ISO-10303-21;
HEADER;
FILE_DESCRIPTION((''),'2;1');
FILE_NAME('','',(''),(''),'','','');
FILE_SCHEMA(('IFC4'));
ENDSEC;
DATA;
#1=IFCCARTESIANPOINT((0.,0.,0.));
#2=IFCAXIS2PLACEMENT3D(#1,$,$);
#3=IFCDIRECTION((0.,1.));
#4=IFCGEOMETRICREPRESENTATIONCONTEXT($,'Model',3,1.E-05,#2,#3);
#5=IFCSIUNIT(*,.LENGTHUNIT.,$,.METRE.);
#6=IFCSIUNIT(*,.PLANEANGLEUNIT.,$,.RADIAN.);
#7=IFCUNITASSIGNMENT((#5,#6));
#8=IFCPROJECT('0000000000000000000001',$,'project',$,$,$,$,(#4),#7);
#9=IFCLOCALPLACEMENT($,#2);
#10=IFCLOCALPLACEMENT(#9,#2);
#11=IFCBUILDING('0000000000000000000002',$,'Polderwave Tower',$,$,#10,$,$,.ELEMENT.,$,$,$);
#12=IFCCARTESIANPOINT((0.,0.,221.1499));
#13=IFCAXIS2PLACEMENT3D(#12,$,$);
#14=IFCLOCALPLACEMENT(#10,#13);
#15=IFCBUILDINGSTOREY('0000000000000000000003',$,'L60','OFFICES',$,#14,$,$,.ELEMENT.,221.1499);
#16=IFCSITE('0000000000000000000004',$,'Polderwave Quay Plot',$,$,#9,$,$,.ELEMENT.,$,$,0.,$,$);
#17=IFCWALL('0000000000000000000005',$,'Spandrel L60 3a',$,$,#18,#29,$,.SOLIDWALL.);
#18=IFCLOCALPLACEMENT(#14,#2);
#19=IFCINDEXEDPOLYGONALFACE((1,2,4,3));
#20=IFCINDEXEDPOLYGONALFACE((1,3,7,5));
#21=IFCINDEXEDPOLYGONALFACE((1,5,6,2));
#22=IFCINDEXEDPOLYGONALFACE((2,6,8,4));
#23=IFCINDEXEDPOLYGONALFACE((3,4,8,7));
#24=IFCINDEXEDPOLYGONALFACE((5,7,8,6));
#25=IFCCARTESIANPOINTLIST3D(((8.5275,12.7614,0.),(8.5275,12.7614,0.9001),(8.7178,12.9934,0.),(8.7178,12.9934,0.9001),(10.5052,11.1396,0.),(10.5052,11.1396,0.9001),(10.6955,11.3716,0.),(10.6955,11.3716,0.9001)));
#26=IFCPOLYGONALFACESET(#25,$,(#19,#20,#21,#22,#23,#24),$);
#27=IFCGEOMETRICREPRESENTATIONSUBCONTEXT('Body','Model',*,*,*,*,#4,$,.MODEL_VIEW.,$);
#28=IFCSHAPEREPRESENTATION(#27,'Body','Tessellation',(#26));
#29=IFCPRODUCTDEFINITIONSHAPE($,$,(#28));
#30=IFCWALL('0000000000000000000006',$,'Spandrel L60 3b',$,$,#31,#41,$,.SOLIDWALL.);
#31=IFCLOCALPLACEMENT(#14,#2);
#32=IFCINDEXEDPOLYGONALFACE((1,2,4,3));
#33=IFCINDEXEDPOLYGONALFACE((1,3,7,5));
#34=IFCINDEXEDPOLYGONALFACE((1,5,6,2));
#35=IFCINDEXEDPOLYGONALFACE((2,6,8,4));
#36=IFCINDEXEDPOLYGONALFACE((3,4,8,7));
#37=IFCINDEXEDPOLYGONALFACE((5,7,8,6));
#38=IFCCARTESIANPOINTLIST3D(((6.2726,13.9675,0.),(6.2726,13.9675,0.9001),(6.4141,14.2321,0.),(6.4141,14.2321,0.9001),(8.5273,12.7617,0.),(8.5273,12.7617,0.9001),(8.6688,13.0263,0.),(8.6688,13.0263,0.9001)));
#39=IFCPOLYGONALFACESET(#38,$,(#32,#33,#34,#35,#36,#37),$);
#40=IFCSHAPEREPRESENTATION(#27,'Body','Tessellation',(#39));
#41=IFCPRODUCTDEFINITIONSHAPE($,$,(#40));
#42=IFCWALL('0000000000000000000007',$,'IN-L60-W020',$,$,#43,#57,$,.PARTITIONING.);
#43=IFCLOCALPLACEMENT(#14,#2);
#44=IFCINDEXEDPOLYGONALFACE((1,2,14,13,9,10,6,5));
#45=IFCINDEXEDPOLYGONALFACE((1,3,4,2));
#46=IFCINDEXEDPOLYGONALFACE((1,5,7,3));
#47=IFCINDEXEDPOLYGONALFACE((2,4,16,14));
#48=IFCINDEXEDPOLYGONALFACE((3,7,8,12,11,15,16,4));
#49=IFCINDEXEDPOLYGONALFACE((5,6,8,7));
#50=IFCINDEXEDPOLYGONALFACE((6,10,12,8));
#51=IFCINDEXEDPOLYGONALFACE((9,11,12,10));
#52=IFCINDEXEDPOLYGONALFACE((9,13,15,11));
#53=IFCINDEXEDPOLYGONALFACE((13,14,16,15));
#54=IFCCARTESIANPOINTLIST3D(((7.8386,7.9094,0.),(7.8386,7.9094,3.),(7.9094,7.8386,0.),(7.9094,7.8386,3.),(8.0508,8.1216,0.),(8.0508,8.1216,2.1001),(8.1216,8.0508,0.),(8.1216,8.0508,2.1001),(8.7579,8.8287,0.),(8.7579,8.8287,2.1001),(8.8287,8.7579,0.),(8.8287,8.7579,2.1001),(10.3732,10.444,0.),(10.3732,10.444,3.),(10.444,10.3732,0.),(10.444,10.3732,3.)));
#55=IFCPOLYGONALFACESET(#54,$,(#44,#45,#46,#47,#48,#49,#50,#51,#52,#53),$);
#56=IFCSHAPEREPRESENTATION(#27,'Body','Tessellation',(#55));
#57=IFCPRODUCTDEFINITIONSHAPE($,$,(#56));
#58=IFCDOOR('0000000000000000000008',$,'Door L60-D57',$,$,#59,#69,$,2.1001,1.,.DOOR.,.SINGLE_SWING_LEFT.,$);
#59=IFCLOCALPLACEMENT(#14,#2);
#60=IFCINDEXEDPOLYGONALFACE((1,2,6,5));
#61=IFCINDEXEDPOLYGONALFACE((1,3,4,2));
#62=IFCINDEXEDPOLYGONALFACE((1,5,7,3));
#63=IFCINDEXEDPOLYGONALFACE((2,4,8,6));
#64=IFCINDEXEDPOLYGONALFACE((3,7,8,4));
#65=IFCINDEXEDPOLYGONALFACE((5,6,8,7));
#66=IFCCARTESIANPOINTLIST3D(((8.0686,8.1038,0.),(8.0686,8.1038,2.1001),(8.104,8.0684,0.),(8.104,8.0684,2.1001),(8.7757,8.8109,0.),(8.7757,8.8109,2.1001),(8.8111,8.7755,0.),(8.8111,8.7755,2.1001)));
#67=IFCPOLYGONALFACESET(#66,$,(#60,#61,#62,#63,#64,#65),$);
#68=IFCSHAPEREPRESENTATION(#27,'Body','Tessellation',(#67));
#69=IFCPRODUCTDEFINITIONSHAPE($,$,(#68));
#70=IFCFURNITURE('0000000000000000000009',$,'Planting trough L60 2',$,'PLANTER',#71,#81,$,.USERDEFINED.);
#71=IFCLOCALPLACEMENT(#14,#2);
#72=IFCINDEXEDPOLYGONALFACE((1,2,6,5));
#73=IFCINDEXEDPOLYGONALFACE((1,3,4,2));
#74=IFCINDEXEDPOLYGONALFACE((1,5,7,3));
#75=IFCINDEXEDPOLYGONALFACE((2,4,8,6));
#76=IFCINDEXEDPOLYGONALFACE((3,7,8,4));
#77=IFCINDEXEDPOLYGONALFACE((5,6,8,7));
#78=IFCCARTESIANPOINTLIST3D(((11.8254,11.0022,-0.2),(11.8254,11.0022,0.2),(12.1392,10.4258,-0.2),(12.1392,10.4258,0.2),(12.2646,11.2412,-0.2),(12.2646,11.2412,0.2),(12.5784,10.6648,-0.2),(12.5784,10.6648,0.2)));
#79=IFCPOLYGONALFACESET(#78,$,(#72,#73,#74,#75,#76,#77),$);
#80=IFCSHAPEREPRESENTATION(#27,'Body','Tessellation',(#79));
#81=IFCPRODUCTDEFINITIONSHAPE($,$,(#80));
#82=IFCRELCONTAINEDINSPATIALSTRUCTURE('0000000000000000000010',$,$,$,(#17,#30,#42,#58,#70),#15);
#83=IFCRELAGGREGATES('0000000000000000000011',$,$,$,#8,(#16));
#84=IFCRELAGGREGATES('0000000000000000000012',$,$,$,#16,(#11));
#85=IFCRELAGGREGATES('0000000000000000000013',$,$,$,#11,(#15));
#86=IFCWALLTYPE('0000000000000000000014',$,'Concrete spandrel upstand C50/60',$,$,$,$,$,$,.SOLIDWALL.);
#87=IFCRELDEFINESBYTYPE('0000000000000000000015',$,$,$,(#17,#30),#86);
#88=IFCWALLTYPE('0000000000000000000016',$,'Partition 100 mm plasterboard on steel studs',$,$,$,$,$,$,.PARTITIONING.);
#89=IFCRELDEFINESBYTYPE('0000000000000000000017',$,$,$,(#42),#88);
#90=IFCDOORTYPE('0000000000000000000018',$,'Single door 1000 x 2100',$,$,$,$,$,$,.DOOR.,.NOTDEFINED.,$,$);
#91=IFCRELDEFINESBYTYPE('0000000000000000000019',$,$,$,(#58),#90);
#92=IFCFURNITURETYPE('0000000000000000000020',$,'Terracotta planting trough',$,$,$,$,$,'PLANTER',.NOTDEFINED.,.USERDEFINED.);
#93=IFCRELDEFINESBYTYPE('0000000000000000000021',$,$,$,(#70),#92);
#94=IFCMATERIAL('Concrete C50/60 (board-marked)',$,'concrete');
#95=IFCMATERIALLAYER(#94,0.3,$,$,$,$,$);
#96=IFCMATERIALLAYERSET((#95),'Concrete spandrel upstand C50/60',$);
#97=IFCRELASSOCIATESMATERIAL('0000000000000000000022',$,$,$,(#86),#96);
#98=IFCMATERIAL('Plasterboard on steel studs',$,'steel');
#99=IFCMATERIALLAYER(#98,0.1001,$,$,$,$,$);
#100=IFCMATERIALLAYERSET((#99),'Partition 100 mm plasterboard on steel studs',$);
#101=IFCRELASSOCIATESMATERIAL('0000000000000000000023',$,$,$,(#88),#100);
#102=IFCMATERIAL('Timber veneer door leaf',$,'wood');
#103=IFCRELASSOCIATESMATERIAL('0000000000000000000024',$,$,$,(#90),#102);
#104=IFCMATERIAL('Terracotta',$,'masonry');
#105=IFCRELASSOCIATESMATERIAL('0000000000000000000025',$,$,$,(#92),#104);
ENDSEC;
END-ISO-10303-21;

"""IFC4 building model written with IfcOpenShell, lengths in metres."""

from ifc_helpers import new_model, si_unit, direction, frame, frame_2d, origin, origin_2d, place, context, subcontext, project, spatial, rectangle, extrude, material, layer, layer_set, type_object, element, fill, save


model = new_model("IFC4")

# Units and contexts
model_context = context("Model", 3, precision=1e-05, world=origin(), true_north=direction((0.0, 1.0)))
body_context = subcontext(model_context, "Body", "Model", "MODEL_VIEW")
ifc_project = project(units=[si_unit("LENGTHUNIT", "METRE"), si_unit("PLANEANGLEUNIT", "RADIAN")], contexts=[model_context])

# Site, building, storey
site_placement = place(None, origin())
site = spatial("IfcSite", under=ifc_project, at=site_placement, Name="Polderwave Quay Plot", CompositionType="ELEMENT", RefElevation=0.0)
building_placement = place(site_placement, origin())
building = spatial("IfcBuilding", under=site, at=building_placement, Name="Polderwave Tower", CompositionType="ELEMENT")
storey_placement = place(building_placement, frame((0.0, 0.0, 221.1499)))
storey = spatial("IfcBuildingStorey", under=building, at=storey_placement, Name="L60", Description="OFFICES", CompositionType="ELEMENT", Elevation=221.1499)

# Walls
ifc_material_1 = material(Name="Concrete C50/60 (board-marked)", Category="concrete")
ifc_layer_1 = layer(ifc_material_1, 0.3)
ifc_layer_set_1 = layer_set([ifc_layer_1], Name="Concrete spandrel upstand C50/60")
wall_type_1 = type_object("IfcWallType", Name="Concrete spandrel upstand C50/60", PredefinedType="SOLIDWALL", material=ifc_layer_set_1)
for number, where, z_axis, x_axis, name in (
    (1, (10.6003, 11.2556, 0.0), (0.0, 0.0, 1.0), (-0.773259, 0.63409, 0.0), "Spandrel L60 3a"),
):
    element("IfcWall", number, at=place(storey_placement, frame(where, z_axis=z_axis, x_axis=x_axis)), inside=storey, type_object=wall_type_1, Name=name, PredefinedType="SOLIDWALL", context=body_context, shape_type="SweptSolid", body=[
        extrude(rectangle(XDim=2.5576, YDim=0.3, at=frame_2d((1.2788, 0.0))), origin(), (0.0, 0.0, 1.0), 0.9001),
    ])
wall_1_placement = place(storey_placement, frame((8.5979, 12.894, 0.0), z_axis=(0.0, 0.0, 1.0), x_axis=(-0.88181, 0.471604, 0.0)))
element("IfcWall", 2, at=wall_1_placement, inside=storey, type_object=wall_type_1, Name="Spandrel L60 3b", PredefinedType="SOLIDWALL", context=body_context, shape_type="SweptSolid", body=[
    extrude(rectangle(XDim=2.5569, YDim=0.3, at=frame_2d((1.2783, 0.0))), origin(), (0.0, 0.0, 1.0), 0.9001),
])

# Wall, opening, door
ifc_material_2 = material(Name="Plasterboard on steel studs", Category="steel")
ifc_layer_2 = layer(ifc_material_2, 0.1001)
ifc_layer_set_2 = layer_set([ifc_layer_2], Name="Partition 100 mm plasterboard on steel studs")
wall_type_2 = type_object("IfcWallType", Name="Partition 100 mm plasterboard on steel studs", PredefinedType="PARTITIONING", material=ifc_layer_set_2)
wall_2_placement = place(storey_placement, frame((7.874, 7.874, 0.0), z_axis=(0.0, 0.0, 1.0), x_axis=(0.707107, 0.707107, 0.0)))
wall_2 = element("IfcWall", 3, at=wall_2_placement, inside=storey, type_object=wall_type_2, Name="IN-L60-W020", PredefinedType="PARTITIONING", context=body_context, shape_type="SweptSolid", body=[
    extrude(rectangle(XDim=3.5845, YDim=0.1001, at=frame_2d((1.7922, 0.0))), origin(), (0.0, 0.0, 1.0), 3.0),
])
opening_placement = place(wall_2_placement, frame((0.3, 0.0, 0.0)))
opening = element("IfcOpeningElement", 4, at=opening_placement, cuts=wall_2, PredefinedType="OPENING", context=body_context, shape_type="SweptSolid", body=[
    extrude(rectangle(XDim=1.0, YDim=2.1001, at=frame_2d((0.5, 1.05))), frame((0.0, 0.0601, 0.0), z_axis=(0.0, -1.0, 0.0), x_axis=(1.0, 0.0, 0.0)), (0.0, 0.0, 1.0), 0.1201),
])
ifc_material_3 = material(Name="Timber veneer door leaf", Category="wood")
door_type = type_object("IfcDoorType", Name="Single door 1000 x 2100", OperationType="NOTDEFINED", PredefinedType="DOOR", material=ifc_material_3)
door_placement = place(opening_placement, origin())
door = element("IfcDoor", 5, at=door_placement, inside=storey, type_object=door_type, Name="Door L60-D57", OperationType="SINGLE_SWING_LEFT", OverallHeight=2.1001, OverallWidth=1.0, PredefinedType="DOOR", context=body_context, shape_type="SweptSolid", body=[
    extrude(rectangle(XDim=1.0, YDim=2.1001, at=frame_2d((0.5, 1.05))), frame((0.0, 0.0249, 0.0), z_axis=(0.0, -1.0, 0.0), x_axis=(1.0, 0.0, 0.0)), (0.0, 0.0, 1.0), 0.05),
])
fill(opening, door)

# Furniture
ifc_material_4 = material(Name="Terracotta", Category="masonry")
furniture_type = type_object("IfcFurnitureType", Name="Terracotta planting trough", ElementType="PLANTER", AssemblyPlace="NOTDEFINED", PredefinedType="USERDEFINED", material=ifc_material_4)
furniture_placement = place(storey_placement, frame((12.2019, 10.8335, -0.2), z_axis=(0.0, 0.0, 1.0), x_axis=(-0.478134, 0.878287, 0.0)))
element("IfcFurniture", 6, at=furniture_placement, inside=storey, type_object=furniture_type, Name="Planting trough L60 2", ObjectType="PLANTER", PredefinedType="USERDEFINED", context=body_context, shape_type="SweptSolid", body=[
    extrude(rectangle(XDim=0.6562, YDim=0.5, at=origin_2d()), origin(), (0.0, 0.0, 1.0), 0.3999),
])

save(model, "model.ifc")
